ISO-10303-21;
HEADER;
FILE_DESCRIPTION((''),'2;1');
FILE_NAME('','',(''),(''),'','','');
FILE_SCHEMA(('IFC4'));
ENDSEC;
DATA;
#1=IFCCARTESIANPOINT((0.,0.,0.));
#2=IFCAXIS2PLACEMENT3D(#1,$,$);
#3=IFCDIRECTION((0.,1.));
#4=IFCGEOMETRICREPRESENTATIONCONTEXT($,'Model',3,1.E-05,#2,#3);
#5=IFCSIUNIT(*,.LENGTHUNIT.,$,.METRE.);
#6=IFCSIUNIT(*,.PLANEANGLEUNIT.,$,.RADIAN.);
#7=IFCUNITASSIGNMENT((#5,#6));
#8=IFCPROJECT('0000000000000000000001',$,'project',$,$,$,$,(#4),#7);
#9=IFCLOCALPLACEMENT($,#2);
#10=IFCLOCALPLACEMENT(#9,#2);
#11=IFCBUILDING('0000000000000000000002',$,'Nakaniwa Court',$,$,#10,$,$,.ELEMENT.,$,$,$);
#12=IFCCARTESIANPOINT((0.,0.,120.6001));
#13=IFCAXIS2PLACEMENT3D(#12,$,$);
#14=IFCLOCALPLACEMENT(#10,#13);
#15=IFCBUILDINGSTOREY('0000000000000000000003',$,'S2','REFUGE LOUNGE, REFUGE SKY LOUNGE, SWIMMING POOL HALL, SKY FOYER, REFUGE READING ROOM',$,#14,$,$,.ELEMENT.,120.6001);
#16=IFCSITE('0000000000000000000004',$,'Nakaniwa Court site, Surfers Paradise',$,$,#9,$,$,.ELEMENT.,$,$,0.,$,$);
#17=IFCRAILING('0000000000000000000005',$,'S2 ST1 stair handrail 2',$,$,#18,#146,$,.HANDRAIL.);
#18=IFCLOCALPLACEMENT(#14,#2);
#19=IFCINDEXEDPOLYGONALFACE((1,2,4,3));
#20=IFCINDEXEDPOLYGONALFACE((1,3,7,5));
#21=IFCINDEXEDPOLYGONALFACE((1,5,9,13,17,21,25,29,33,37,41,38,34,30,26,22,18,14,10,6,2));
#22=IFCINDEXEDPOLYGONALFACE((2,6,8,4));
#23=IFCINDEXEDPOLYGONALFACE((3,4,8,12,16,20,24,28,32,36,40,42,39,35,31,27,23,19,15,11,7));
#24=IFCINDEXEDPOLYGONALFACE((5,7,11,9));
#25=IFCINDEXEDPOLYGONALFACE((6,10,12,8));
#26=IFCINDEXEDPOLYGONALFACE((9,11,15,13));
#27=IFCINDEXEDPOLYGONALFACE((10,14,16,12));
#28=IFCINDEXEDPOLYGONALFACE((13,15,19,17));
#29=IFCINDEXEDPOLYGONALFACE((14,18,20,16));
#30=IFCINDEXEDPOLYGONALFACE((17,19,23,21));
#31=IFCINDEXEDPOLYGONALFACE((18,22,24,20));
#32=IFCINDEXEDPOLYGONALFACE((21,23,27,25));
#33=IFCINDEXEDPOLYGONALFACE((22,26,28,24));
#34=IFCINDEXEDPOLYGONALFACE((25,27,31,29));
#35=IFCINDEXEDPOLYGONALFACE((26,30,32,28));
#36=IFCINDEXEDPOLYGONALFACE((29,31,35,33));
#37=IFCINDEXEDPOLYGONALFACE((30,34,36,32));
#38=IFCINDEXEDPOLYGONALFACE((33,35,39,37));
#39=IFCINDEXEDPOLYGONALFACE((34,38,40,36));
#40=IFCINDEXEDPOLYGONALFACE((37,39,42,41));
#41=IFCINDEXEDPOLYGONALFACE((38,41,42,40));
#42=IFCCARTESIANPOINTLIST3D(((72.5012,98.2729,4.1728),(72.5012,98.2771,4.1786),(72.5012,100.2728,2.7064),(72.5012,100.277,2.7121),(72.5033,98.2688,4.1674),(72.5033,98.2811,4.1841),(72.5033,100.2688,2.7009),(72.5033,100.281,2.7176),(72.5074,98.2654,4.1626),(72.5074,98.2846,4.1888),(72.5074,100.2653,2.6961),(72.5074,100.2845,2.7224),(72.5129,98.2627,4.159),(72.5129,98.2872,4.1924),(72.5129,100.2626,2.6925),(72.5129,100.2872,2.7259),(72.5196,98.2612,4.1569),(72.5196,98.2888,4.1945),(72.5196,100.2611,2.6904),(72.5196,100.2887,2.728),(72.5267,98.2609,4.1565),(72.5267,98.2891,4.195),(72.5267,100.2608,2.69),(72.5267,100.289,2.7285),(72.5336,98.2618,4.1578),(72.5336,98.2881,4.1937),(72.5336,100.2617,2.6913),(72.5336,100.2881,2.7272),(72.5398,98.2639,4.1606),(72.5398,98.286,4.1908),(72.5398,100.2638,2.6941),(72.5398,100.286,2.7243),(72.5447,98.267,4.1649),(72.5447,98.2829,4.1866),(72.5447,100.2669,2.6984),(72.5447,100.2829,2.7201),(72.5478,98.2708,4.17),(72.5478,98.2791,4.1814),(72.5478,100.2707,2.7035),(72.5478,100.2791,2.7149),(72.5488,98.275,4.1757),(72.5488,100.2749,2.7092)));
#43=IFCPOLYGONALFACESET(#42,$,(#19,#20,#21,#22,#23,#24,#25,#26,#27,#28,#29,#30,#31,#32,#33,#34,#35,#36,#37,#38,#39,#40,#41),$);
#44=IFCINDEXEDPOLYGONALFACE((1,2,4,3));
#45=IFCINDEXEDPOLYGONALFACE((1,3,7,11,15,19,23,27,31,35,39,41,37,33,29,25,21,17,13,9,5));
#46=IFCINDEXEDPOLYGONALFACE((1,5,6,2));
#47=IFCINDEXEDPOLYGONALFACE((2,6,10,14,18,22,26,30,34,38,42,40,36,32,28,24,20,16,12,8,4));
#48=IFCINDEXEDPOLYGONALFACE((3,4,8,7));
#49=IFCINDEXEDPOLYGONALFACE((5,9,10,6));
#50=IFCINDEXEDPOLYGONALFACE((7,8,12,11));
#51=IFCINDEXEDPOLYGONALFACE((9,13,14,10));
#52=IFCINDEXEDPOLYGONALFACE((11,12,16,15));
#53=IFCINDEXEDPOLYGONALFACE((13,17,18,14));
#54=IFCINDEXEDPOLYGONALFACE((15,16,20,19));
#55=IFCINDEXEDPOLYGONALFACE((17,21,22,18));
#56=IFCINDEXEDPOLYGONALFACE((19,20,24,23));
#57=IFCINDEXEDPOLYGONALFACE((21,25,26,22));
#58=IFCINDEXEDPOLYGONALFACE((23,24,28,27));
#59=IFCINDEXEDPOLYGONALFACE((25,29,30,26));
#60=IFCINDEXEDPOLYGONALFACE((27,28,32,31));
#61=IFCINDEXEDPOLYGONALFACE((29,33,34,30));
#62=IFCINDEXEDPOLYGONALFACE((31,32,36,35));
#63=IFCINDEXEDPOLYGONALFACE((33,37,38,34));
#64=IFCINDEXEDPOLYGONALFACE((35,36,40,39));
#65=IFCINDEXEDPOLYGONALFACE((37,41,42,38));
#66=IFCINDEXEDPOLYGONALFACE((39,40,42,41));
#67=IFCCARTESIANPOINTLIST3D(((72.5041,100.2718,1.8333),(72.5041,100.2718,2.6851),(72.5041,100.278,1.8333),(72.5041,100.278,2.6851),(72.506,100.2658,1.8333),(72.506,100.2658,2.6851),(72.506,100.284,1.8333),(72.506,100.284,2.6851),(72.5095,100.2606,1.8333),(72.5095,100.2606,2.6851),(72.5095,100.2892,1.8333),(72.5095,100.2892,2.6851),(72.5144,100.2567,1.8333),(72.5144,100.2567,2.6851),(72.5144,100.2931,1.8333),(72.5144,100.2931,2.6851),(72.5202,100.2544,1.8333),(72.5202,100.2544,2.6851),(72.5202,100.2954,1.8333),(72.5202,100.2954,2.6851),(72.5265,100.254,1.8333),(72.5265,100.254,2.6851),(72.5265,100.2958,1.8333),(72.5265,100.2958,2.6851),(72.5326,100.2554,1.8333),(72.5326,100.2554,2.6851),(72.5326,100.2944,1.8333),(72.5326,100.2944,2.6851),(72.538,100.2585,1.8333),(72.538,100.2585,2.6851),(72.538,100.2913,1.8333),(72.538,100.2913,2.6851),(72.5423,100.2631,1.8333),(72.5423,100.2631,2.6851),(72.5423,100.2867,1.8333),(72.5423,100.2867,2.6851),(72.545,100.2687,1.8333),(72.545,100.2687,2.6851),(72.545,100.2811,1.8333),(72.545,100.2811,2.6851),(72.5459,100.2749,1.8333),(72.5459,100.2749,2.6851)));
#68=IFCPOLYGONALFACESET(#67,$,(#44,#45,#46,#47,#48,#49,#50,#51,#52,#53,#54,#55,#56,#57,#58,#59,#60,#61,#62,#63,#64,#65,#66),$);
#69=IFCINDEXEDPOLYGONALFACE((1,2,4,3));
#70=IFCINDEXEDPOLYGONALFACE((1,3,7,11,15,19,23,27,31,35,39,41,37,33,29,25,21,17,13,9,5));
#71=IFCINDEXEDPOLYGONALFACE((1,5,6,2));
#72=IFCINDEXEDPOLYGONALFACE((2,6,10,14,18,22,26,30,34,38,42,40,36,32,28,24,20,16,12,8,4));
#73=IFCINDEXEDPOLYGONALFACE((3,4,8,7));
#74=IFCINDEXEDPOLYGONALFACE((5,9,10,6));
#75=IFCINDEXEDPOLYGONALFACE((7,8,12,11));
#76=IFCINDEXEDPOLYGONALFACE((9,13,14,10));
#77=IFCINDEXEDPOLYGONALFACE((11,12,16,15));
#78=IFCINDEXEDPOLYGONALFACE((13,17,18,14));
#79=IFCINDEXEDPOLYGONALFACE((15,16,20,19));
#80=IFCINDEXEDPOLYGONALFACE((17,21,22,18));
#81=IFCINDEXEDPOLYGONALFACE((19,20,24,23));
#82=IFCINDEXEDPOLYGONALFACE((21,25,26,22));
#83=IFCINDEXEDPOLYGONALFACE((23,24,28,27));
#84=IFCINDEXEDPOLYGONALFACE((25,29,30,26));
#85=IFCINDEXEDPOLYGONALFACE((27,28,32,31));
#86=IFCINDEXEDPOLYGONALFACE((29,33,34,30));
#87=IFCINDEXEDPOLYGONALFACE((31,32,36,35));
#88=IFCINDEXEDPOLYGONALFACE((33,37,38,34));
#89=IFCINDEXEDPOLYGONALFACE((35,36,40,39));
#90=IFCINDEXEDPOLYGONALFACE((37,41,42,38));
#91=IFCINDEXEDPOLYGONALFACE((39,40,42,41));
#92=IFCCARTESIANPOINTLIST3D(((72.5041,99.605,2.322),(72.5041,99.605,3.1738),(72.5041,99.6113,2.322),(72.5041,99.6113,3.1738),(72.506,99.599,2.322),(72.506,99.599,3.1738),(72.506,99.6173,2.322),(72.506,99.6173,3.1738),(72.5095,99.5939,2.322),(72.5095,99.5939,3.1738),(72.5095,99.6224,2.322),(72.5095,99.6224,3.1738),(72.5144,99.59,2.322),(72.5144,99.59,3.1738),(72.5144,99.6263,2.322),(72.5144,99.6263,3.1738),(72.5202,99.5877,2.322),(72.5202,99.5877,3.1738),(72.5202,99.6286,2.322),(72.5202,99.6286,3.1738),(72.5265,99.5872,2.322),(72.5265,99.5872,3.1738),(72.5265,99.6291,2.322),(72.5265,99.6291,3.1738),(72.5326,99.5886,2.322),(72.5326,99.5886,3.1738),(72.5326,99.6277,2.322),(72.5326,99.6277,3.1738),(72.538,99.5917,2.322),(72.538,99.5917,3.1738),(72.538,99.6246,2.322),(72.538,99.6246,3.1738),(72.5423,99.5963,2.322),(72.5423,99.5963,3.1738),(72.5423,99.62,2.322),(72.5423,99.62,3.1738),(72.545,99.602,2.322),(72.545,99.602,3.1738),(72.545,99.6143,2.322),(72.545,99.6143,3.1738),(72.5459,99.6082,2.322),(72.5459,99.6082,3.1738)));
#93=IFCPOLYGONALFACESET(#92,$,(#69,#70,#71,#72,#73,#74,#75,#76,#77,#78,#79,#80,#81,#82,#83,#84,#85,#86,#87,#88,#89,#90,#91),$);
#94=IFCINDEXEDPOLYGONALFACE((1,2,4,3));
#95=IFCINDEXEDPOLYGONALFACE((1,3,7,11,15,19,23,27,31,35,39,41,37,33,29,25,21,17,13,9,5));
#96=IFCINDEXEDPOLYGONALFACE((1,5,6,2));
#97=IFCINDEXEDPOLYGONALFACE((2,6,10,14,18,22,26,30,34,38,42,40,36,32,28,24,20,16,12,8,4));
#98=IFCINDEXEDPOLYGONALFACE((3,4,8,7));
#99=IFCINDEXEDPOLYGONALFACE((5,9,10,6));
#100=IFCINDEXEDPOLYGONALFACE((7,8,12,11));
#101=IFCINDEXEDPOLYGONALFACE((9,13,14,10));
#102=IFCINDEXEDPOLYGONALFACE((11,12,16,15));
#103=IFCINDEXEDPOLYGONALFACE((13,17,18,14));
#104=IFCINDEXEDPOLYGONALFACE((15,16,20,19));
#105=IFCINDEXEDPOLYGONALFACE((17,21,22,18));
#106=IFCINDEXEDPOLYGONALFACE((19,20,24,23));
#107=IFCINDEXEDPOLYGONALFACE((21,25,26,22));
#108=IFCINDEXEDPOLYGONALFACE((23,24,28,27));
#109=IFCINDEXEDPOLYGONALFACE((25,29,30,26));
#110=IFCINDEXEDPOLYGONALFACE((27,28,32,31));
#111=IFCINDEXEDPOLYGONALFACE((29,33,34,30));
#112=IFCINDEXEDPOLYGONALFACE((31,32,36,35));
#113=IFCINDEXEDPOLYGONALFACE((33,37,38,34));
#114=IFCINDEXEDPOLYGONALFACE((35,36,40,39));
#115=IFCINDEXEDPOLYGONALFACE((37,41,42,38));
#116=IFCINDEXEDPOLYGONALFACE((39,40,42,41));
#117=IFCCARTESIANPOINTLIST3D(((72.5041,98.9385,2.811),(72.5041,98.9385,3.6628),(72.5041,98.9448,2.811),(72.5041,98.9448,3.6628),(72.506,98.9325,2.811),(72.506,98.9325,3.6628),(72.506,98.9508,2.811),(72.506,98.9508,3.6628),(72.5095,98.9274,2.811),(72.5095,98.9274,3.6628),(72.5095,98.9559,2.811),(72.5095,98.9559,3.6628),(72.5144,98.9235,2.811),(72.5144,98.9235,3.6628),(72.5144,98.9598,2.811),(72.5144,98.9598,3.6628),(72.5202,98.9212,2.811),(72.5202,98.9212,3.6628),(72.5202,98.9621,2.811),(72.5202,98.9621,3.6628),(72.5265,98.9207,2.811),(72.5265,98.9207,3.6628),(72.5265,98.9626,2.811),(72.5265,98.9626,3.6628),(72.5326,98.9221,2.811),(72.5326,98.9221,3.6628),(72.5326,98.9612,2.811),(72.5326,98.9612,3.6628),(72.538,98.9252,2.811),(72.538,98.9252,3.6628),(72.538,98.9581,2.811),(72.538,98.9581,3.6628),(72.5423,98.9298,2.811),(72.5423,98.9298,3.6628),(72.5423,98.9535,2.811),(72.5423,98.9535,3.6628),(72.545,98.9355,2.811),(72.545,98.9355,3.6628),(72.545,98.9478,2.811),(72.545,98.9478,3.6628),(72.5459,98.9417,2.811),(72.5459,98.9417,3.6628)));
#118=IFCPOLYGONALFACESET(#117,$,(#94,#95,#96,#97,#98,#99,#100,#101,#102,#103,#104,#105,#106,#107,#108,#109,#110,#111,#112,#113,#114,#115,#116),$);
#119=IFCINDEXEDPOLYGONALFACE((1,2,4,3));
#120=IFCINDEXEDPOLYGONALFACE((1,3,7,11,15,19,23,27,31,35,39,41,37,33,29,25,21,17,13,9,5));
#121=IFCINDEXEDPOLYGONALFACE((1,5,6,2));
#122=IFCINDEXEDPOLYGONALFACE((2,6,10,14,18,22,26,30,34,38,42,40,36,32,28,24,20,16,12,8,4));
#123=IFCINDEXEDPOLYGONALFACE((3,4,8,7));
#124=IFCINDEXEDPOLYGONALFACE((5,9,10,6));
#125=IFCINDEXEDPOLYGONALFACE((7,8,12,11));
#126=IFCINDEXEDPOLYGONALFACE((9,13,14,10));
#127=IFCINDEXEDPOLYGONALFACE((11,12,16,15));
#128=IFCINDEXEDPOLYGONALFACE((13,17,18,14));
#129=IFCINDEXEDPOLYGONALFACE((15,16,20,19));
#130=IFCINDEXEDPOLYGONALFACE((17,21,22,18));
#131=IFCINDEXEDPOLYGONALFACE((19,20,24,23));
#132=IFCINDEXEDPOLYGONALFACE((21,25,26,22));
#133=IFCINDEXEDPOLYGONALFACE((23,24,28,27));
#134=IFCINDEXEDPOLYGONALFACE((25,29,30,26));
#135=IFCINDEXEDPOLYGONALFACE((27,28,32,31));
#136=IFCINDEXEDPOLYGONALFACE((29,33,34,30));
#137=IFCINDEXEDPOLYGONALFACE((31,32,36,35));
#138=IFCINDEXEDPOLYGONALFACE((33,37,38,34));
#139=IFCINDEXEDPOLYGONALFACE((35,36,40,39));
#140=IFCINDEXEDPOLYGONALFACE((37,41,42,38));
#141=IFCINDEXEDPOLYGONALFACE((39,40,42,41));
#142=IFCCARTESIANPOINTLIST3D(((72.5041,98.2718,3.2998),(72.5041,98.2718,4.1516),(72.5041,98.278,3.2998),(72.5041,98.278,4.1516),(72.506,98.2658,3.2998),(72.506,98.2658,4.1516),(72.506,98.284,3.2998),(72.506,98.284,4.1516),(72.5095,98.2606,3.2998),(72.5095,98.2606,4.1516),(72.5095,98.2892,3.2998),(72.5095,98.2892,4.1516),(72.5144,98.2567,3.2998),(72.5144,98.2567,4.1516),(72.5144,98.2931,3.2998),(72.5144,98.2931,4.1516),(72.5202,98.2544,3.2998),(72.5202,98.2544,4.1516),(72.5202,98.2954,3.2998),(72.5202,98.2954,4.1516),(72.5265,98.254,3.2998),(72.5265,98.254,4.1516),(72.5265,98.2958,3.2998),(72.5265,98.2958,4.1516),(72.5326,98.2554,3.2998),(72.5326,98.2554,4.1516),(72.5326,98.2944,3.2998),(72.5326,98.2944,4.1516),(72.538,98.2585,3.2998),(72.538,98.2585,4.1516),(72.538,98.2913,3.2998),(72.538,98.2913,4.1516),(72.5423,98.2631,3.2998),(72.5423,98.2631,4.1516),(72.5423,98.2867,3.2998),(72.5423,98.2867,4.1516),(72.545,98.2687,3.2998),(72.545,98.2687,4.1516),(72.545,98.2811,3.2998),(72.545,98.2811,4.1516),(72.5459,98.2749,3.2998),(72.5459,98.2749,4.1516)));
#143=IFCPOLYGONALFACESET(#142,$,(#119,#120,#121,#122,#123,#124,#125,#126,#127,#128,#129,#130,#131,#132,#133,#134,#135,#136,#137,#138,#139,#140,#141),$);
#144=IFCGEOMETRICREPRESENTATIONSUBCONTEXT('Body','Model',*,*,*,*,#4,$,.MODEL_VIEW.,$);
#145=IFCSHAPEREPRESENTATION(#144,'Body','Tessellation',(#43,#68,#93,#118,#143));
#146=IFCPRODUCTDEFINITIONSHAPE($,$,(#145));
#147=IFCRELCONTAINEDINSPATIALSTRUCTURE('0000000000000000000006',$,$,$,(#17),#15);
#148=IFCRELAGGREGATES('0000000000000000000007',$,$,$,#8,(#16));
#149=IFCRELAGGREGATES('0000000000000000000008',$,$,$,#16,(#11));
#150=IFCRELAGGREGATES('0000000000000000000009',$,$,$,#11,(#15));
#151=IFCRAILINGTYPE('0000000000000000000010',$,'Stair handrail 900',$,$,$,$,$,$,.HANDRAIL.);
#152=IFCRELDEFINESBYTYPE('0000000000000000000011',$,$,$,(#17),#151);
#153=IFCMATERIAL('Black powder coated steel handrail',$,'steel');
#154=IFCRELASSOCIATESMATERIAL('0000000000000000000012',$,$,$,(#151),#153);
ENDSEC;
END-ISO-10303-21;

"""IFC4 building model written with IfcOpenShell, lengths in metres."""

from ifc_helpers import new_model, si_unit, direction, frame, origin, origin_2d, place, context, subcontext, project, spatial, circle, extrude, material, type_object, element, save


model = new_model("IFC4")

# Units and contexts
model_context = context("Model", 3, precision=1e-05, world=origin(), true_north=direction((0.0, 1.0)))
body_context = subcontext(model_context, "Body", "Model", "MODEL_VIEW")
ifc_project = project(units=[si_unit("LENGTHUNIT", "METRE"), si_unit("PLANEANGLEUNIT", "RADIAN")], contexts=[model_context])

# Site, building, storey
site_placement = place(None, origin())
site = spatial("IfcSite", under=ifc_project, at=site_placement, Name="Nakaniwa Court site, Surfers Paradise", CompositionType="ELEMENT", RefElevation=0.0)
building_placement = place(site_placement, origin())
building = spatial("IfcBuilding", under=site, at=building_placement, Name="Nakaniwa Court", CompositionType="ELEMENT")
storey_placement = place(building_placement, frame((0.0, 0.0, 120.6001)))
storey = spatial("IfcBuildingStorey", under=building, at=storey_placement, Name="S2", Description="REFUGE LOUNGE, REFUGE SKY LOUNGE, SWIMMING POOL HALL, SKY FOYER, REFUGE READING ROOM", CompositionType="ELEMENT", Elevation=120.6001)

# Railing
ifc_material_1 = material(Name="Black powder coated steel handrail", Category="steel")
railing_type_1 = type_object("IfcRailingType", Name="Stair handrail 900", PredefinedType="HANDRAIL", material=ifc_material_1)
railing_1_placement = place(storey_placement, frame((72.5249, 100.2749, 1.8333)))
element("IfcRailing", 1, at=railing_1_placement, inside=storey, type_object=railing_type_1, Name="S2 ST1 stair handrail 2", PredefinedType="HANDRAIL", context=body_context, shape_type="SweptSolid", body=[
    extrude(circle(Radius=0.0239, at=origin_2d()), frame((0.0, 0.0, 0.876), z_axis=(0.0, -0.806427, 0.591334), x_axis=(1.0, 0.0, 0.0)), (0.0, 0.0, 1.0), 2.48),
    extrude(circle(Radius=0.021, at=origin_2d()), origin(), (0.0, 0.0, 1.0), 0.8518),
    extrude(circle(Radius=0.021, at=origin_2d()), frame((0.0, -0.6667, 0.4888)), (0.0, 0.0, 1.0), 0.8518),
    extrude(circle(Radius=0.021, at=origin_2d()), frame((0.0, -1.3333, 0.9778)), (0.0, 0.0, 1.0), 0.8518),
    extrude(circle(Radius=0.021, at=origin_2d()), frame((0.0, -2.0, 1.4666)), (0.0, 0.0, 1.0), 0.8518),
])

save(model, "model.ifc")
